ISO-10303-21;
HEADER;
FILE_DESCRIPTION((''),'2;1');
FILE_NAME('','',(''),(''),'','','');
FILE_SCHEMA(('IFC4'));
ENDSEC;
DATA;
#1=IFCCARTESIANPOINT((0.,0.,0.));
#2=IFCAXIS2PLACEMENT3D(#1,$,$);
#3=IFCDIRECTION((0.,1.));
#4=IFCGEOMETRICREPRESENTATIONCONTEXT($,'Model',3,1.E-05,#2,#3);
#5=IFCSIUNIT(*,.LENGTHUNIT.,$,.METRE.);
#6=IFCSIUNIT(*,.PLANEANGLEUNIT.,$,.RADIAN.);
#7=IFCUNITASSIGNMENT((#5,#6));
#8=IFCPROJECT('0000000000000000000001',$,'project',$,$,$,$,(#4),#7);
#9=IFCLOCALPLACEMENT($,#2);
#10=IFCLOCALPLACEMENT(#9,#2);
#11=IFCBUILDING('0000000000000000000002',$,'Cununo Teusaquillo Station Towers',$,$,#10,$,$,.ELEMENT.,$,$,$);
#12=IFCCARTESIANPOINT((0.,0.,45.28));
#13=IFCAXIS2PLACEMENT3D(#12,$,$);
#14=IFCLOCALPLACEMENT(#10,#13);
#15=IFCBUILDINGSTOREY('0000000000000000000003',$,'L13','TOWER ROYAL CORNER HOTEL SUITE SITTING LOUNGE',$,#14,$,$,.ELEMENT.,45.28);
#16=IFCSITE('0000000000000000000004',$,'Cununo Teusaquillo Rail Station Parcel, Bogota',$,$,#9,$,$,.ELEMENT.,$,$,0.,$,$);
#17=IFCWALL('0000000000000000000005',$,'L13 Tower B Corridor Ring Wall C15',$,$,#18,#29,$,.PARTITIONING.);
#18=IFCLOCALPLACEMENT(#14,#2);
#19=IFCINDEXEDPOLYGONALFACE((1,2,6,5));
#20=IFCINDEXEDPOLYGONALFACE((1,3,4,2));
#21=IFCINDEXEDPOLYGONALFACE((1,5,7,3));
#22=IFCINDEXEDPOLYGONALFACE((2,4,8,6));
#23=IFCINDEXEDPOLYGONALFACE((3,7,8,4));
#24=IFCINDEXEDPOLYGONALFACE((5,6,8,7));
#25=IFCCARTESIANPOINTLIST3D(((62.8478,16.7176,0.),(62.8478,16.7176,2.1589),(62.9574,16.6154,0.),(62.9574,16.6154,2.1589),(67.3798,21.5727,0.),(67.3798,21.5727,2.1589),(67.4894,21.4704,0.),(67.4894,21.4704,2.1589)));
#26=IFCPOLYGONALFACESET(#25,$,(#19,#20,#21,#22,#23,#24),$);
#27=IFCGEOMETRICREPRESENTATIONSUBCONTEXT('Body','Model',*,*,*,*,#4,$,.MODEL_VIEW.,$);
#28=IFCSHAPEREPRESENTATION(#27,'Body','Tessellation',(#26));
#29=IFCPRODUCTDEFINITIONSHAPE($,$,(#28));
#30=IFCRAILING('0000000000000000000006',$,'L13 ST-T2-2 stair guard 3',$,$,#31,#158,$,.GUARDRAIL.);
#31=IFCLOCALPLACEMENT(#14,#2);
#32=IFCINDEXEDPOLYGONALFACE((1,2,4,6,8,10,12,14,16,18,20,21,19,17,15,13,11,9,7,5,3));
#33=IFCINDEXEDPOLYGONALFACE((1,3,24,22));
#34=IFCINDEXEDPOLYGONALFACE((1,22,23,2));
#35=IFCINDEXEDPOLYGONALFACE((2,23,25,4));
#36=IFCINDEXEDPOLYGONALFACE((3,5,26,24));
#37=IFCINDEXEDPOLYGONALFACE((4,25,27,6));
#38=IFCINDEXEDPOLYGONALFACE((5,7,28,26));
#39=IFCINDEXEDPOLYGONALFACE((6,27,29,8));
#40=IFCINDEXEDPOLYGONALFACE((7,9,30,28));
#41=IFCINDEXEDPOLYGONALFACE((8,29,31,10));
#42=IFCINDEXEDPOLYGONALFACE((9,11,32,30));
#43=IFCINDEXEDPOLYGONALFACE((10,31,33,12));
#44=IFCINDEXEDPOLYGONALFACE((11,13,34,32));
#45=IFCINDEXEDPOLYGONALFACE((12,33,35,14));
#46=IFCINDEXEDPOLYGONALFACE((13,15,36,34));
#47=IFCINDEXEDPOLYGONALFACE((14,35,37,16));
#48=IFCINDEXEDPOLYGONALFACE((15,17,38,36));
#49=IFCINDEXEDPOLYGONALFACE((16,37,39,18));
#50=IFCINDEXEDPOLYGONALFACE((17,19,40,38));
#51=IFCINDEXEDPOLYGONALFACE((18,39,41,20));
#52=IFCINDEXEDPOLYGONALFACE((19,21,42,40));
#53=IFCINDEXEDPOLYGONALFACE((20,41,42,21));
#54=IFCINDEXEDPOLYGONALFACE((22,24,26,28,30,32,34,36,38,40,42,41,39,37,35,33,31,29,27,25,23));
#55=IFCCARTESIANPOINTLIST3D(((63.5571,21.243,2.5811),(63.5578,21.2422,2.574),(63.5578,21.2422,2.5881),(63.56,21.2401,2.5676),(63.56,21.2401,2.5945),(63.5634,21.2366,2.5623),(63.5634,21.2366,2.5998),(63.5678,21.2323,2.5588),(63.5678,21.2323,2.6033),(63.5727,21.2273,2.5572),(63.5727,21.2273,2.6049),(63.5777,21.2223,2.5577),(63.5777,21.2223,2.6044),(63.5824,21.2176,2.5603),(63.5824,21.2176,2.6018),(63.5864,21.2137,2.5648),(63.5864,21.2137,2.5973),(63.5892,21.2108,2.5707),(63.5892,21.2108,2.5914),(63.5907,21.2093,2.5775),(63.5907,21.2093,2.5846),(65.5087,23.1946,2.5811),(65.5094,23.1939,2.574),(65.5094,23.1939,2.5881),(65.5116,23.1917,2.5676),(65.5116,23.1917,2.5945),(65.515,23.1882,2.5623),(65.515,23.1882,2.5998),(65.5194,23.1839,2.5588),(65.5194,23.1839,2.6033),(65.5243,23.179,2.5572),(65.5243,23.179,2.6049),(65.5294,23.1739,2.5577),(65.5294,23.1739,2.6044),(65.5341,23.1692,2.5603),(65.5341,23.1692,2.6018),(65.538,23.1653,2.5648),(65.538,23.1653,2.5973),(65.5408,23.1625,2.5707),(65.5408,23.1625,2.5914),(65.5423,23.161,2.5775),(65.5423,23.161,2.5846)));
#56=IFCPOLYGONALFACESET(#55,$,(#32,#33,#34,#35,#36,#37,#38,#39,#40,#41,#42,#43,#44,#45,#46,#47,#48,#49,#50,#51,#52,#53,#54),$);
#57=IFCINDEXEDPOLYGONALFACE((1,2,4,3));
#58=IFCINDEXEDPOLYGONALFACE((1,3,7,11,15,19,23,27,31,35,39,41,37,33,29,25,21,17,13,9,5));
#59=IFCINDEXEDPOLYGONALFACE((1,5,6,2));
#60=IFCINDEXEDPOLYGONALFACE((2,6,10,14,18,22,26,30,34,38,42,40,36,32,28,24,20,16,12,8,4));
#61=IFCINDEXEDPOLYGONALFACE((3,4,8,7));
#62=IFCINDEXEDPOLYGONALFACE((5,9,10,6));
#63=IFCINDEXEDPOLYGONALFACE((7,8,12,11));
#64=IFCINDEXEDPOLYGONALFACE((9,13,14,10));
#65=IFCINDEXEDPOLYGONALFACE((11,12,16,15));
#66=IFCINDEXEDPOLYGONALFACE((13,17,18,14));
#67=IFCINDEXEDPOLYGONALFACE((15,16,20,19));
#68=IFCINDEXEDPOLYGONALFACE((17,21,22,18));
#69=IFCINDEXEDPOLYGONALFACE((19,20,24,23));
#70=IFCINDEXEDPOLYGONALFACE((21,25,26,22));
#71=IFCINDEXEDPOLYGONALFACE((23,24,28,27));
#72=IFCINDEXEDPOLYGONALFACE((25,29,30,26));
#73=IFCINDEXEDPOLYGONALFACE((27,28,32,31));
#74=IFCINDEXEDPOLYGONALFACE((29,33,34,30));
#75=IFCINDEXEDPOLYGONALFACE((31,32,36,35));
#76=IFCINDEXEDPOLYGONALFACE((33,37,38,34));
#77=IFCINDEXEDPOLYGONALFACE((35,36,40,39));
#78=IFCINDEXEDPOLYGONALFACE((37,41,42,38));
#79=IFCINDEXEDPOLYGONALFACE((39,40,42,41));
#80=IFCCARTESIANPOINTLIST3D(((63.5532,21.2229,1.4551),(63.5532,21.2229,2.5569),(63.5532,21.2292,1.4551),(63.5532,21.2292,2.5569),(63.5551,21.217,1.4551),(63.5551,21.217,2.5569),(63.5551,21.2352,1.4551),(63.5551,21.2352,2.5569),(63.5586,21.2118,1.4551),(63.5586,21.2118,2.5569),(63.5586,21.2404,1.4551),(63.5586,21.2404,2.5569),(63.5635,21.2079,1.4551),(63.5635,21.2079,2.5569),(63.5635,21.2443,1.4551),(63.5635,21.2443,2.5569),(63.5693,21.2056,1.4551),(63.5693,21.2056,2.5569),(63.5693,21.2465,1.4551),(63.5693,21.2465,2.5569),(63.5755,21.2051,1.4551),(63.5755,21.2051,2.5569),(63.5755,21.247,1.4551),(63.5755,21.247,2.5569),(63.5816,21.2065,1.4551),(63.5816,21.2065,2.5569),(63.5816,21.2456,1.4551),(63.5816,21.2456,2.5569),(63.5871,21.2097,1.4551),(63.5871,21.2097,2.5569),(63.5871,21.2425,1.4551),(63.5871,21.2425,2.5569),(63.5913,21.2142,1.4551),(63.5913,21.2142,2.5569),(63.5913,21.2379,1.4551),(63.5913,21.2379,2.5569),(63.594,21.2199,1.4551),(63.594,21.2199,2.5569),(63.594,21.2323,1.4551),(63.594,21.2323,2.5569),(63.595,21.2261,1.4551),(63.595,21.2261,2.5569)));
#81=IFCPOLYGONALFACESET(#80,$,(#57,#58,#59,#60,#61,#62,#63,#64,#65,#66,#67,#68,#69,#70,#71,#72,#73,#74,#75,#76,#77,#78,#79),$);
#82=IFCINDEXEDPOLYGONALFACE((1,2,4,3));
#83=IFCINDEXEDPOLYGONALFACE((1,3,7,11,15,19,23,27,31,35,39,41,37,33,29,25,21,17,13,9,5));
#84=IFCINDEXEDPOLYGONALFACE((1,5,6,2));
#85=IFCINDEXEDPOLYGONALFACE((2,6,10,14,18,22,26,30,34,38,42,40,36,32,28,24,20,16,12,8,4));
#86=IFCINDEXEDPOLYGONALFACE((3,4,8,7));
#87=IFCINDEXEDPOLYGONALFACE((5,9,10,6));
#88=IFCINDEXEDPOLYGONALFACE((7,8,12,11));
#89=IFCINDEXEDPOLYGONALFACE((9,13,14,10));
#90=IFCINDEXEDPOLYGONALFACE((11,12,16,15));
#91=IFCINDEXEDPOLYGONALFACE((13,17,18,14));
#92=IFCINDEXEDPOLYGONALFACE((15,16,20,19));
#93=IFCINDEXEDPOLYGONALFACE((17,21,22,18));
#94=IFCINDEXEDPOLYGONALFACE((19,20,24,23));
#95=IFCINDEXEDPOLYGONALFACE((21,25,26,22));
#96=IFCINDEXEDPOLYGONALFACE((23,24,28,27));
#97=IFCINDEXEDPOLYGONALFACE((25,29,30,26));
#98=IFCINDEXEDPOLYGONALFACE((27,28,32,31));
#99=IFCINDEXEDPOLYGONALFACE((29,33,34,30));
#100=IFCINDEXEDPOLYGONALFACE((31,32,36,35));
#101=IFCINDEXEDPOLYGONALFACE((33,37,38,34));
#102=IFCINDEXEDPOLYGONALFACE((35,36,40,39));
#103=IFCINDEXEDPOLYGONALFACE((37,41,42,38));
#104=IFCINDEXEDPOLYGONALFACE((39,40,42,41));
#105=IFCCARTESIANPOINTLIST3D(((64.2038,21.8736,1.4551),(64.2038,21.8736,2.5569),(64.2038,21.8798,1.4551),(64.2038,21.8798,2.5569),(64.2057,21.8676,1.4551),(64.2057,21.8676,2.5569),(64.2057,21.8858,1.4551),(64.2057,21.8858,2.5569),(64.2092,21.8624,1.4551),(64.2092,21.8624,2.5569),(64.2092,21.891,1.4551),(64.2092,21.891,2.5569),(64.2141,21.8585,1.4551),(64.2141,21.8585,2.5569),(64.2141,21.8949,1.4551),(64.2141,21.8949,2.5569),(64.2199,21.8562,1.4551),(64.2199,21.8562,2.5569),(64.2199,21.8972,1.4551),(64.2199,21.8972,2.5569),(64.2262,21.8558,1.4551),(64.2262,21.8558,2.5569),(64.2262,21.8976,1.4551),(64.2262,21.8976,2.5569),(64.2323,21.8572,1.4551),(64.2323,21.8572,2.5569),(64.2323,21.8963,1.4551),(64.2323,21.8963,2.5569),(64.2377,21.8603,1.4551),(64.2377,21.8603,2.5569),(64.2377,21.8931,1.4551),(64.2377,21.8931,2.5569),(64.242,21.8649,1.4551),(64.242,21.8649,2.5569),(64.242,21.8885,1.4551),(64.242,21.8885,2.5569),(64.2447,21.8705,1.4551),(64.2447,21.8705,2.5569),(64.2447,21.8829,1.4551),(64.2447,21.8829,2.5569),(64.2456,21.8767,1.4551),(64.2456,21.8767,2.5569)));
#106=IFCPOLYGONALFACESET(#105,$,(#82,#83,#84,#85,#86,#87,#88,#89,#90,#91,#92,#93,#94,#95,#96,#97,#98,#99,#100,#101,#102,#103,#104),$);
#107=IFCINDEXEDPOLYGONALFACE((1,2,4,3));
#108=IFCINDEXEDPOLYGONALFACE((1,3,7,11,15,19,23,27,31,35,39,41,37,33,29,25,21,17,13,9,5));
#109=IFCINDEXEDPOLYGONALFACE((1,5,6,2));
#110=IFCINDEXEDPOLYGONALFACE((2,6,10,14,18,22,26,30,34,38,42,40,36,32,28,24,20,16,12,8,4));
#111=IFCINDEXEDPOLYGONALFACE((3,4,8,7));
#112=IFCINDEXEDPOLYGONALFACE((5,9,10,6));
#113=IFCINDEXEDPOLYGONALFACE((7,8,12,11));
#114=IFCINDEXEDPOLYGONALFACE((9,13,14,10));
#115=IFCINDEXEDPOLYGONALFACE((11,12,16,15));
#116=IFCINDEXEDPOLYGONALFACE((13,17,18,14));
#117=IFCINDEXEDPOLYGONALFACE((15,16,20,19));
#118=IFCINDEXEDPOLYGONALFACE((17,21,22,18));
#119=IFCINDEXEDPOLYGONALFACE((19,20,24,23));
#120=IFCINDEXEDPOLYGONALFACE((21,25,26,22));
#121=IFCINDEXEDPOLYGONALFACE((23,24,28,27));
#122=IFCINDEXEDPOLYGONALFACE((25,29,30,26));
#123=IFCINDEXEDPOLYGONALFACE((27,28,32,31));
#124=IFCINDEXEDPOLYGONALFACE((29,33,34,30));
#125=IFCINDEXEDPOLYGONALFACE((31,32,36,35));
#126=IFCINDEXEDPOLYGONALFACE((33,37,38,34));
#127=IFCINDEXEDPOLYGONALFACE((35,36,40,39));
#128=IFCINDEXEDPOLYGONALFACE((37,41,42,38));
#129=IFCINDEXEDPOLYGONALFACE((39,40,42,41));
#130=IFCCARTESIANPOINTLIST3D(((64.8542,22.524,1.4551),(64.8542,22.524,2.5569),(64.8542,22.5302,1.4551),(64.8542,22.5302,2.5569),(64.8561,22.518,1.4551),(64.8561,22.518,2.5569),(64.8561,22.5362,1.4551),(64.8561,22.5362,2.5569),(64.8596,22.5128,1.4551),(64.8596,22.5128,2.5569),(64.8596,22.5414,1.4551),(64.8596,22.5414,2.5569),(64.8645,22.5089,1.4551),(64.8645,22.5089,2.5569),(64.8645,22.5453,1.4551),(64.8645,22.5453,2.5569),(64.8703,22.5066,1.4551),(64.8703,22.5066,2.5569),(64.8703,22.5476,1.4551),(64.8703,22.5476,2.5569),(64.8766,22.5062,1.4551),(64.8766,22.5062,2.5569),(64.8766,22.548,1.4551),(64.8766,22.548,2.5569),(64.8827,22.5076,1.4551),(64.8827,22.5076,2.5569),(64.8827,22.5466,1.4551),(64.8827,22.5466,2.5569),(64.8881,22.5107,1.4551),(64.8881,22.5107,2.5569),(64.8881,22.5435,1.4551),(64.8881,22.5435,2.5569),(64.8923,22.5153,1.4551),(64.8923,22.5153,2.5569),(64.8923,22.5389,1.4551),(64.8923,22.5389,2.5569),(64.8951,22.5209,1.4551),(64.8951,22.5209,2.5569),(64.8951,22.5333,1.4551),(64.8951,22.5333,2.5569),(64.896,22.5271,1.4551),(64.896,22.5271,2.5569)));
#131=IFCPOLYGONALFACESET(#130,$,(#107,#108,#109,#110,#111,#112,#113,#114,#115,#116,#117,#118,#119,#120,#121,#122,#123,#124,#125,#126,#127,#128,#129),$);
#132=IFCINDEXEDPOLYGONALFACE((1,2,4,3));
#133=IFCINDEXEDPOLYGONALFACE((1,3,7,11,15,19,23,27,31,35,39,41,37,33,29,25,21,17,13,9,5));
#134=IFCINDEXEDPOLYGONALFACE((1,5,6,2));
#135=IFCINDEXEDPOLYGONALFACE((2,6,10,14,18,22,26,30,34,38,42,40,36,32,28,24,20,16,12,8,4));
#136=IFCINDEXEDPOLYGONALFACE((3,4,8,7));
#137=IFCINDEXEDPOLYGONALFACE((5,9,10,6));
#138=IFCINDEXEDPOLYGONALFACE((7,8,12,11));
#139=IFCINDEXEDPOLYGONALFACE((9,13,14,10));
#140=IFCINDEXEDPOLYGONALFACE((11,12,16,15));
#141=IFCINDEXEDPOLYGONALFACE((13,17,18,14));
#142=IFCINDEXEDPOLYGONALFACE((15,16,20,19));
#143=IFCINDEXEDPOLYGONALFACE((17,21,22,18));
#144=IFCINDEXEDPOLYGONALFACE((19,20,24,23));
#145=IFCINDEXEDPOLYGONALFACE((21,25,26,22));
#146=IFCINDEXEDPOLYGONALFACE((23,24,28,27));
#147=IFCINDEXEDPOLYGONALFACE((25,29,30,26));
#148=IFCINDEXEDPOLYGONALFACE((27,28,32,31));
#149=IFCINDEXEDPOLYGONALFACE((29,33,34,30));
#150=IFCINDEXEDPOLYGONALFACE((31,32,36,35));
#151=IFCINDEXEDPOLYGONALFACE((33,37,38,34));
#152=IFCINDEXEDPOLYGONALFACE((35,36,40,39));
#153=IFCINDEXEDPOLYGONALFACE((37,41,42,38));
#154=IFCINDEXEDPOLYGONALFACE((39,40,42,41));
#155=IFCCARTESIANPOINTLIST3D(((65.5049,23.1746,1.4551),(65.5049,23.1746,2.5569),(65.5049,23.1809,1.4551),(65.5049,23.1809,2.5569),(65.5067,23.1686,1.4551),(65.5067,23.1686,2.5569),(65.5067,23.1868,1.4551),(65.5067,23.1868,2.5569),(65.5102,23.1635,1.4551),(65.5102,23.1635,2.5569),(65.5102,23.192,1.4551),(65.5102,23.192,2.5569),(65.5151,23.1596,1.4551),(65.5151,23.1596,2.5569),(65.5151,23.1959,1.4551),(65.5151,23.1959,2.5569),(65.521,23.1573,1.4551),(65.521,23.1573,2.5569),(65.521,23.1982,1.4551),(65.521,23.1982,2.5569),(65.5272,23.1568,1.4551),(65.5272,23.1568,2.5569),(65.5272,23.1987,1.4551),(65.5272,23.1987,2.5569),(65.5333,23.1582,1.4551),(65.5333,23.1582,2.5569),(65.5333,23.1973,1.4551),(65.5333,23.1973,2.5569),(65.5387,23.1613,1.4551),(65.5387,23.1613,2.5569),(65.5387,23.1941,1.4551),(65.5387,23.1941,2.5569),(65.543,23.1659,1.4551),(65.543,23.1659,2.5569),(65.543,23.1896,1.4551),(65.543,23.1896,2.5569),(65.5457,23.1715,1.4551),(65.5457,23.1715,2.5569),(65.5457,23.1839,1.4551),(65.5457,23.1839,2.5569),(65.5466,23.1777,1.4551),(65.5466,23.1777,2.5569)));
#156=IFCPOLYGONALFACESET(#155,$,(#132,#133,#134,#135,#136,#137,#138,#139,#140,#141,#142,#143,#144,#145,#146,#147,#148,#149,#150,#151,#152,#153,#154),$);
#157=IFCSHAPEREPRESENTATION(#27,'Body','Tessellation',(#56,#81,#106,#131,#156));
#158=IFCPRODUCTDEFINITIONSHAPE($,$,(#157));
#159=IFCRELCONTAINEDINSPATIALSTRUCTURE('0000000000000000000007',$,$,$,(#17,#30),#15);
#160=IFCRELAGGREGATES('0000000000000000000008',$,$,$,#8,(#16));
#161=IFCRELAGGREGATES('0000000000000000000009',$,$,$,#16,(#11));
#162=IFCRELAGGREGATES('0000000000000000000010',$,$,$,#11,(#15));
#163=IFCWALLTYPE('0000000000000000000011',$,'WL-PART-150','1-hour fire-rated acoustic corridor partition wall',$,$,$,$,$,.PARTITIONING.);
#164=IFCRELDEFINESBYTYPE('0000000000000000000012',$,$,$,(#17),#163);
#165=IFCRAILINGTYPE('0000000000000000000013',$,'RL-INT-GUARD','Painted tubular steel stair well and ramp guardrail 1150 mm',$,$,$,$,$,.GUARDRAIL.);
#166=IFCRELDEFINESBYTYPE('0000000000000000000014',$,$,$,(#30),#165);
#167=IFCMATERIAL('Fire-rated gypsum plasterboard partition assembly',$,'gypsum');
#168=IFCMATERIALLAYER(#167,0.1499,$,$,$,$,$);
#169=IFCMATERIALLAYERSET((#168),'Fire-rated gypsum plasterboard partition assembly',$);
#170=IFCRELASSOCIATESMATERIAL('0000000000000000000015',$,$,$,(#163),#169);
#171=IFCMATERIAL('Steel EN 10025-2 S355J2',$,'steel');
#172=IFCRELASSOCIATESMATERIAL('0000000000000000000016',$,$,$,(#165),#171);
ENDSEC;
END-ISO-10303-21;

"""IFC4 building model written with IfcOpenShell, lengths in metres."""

from ifc_helpers import new_model, si_unit, direction, frame, frame_2d, origin, origin_2d, place, context, subcontext, project, spatial, rectangle, circle, extrude, material, layer, layer_set, type_object, element, save


model = new_model("IFC4")

# Units and contexts
model_context = context("Model", 3, precision=1e-05, world=origin(), true_north=direction((0.0, 1.0)))
body_context = subcontext(model_context, "Body", "Model", "MODEL_VIEW")
ifc_project = project(units=[si_unit("LENGTHUNIT", "METRE"), si_unit("PLANEANGLEUNIT", "RADIAN")], contexts=[model_context])

# Site, building, storey
site_placement = place(None, origin())
site = spatial("IfcSite", under=ifc_project, at=site_placement, Name="Cununo Teusaquillo Rail Station Parcel, Bogota", CompositionType="ELEMENT", RefElevation=0.0)
building_placement = place(site_placement, origin())
building = spatial("IfcBuilding", under=site, at=building_placement, Name="Cununo Teusaquillo Station Towers", CompositionType="ELEMENT")
storey_placement = place(building_placement, frame((0.0, 0.0, 45.28)))
storey = spatial("IfcBuildingStorey", under=building, at=storey_placement, Name="L13", Description="TOWER ROYAL CORNER HOTEL SUITE SITTING LOUNGE", CompositionType="ELEMENT", Elevation=45.28)

# Wall
ifc_material_1 = material(Name="Fire-rated gypsum plasterboard partition assembly", Category="gypsum")
ifc_layer_1 = layer(ifc_material_1, 0.1499)
ifc_layer_set_1 = layer_set([ifc_layer_1], Name="Fire-rated gypsum plasterboard partition assembly")
wall_type_1 = type_object("IfcWallType", Name="WL-PART-150", Description="1-hour fire-rated acoustic corridor partition wall", PredefinedType="PARTITIONING", material=ifc_layer_set_1)
wall_1_placement = place(storey_placement, frame((62.9026, 16.6665, 0.0), z_axis=(0.0, 0.0, 1.0), x_axis=(0.682372, 0.731005, 0.0)))
element("IfcWall", 1, at=wall_1_placement, inside=storey, type_object=wall_type_1, Name="L13 Tower B Corridor Ring Wall C15", PredefinedType="PARTITIONING", context=body_context, shape_type="SweptSolid", body=[
    extrude(rectangle(XDim=6.6416, YDim=0.1499, at=frame_2d((3.3208, 0.0))), origin(), (0.0, 0.0, 1.0), 2.1589),
])

# Railing
ifc_material_2 = material(Name="Steel EN 10025-2 S355J2", Category="steel")
railing_type = type_object("IfcRailingType", Name="RL-INT-GUARD", Description="Painted tubular steel stair well and ramp guardrail 1150 mm", PredefinedType="GUARDRAIL", material=ifc_material_2)
railing_1_placement = place(storey_placement, frame((63.574, 21.2261, 1.4551)))
element("IfcRailing", 2, at=railing_1_placement, inside=storey, type_object=railing_type, Name="L13 ST-T2-2 stair guard 3", PredefinedType="GUARDRAIL", context=body_context, shape_type="SweptSolid", body=[
    extrude(circle(Radius=0.0239, at=origin_2d()), frame((0.0, 0.0, 1.126), z_axis=(0.707107, 0.707107, 0.0), x_axis=(-0.707107, 0.707107, 0.0)), (0.0, 0.0, 1.0), 2.76),
    extrude(circle(Radius=0.021, at=origin_2d()), origin(), (0.0, 0.0, 1.0), 1.1018),
    extrude(circle(Radius=0.021, at=origin_2d()), frame((0.6506, 0.6506, 0.0)), (0.0, 0.0, 1.0), 1.1018),
    extrude(circle(Radius=0.021, at=origin_2d()), frame((1.301, 1.301, 0.0)), (0.0, 0.0, 1.0), 1.1018),
    extrude(circle(Radius=0.021, at=origin_2d()), frame((1.9517, 1.9517, 0.0)), (0.0, 0.0, 1.0), 1.1018),
])

save(model, "model.ifc")
